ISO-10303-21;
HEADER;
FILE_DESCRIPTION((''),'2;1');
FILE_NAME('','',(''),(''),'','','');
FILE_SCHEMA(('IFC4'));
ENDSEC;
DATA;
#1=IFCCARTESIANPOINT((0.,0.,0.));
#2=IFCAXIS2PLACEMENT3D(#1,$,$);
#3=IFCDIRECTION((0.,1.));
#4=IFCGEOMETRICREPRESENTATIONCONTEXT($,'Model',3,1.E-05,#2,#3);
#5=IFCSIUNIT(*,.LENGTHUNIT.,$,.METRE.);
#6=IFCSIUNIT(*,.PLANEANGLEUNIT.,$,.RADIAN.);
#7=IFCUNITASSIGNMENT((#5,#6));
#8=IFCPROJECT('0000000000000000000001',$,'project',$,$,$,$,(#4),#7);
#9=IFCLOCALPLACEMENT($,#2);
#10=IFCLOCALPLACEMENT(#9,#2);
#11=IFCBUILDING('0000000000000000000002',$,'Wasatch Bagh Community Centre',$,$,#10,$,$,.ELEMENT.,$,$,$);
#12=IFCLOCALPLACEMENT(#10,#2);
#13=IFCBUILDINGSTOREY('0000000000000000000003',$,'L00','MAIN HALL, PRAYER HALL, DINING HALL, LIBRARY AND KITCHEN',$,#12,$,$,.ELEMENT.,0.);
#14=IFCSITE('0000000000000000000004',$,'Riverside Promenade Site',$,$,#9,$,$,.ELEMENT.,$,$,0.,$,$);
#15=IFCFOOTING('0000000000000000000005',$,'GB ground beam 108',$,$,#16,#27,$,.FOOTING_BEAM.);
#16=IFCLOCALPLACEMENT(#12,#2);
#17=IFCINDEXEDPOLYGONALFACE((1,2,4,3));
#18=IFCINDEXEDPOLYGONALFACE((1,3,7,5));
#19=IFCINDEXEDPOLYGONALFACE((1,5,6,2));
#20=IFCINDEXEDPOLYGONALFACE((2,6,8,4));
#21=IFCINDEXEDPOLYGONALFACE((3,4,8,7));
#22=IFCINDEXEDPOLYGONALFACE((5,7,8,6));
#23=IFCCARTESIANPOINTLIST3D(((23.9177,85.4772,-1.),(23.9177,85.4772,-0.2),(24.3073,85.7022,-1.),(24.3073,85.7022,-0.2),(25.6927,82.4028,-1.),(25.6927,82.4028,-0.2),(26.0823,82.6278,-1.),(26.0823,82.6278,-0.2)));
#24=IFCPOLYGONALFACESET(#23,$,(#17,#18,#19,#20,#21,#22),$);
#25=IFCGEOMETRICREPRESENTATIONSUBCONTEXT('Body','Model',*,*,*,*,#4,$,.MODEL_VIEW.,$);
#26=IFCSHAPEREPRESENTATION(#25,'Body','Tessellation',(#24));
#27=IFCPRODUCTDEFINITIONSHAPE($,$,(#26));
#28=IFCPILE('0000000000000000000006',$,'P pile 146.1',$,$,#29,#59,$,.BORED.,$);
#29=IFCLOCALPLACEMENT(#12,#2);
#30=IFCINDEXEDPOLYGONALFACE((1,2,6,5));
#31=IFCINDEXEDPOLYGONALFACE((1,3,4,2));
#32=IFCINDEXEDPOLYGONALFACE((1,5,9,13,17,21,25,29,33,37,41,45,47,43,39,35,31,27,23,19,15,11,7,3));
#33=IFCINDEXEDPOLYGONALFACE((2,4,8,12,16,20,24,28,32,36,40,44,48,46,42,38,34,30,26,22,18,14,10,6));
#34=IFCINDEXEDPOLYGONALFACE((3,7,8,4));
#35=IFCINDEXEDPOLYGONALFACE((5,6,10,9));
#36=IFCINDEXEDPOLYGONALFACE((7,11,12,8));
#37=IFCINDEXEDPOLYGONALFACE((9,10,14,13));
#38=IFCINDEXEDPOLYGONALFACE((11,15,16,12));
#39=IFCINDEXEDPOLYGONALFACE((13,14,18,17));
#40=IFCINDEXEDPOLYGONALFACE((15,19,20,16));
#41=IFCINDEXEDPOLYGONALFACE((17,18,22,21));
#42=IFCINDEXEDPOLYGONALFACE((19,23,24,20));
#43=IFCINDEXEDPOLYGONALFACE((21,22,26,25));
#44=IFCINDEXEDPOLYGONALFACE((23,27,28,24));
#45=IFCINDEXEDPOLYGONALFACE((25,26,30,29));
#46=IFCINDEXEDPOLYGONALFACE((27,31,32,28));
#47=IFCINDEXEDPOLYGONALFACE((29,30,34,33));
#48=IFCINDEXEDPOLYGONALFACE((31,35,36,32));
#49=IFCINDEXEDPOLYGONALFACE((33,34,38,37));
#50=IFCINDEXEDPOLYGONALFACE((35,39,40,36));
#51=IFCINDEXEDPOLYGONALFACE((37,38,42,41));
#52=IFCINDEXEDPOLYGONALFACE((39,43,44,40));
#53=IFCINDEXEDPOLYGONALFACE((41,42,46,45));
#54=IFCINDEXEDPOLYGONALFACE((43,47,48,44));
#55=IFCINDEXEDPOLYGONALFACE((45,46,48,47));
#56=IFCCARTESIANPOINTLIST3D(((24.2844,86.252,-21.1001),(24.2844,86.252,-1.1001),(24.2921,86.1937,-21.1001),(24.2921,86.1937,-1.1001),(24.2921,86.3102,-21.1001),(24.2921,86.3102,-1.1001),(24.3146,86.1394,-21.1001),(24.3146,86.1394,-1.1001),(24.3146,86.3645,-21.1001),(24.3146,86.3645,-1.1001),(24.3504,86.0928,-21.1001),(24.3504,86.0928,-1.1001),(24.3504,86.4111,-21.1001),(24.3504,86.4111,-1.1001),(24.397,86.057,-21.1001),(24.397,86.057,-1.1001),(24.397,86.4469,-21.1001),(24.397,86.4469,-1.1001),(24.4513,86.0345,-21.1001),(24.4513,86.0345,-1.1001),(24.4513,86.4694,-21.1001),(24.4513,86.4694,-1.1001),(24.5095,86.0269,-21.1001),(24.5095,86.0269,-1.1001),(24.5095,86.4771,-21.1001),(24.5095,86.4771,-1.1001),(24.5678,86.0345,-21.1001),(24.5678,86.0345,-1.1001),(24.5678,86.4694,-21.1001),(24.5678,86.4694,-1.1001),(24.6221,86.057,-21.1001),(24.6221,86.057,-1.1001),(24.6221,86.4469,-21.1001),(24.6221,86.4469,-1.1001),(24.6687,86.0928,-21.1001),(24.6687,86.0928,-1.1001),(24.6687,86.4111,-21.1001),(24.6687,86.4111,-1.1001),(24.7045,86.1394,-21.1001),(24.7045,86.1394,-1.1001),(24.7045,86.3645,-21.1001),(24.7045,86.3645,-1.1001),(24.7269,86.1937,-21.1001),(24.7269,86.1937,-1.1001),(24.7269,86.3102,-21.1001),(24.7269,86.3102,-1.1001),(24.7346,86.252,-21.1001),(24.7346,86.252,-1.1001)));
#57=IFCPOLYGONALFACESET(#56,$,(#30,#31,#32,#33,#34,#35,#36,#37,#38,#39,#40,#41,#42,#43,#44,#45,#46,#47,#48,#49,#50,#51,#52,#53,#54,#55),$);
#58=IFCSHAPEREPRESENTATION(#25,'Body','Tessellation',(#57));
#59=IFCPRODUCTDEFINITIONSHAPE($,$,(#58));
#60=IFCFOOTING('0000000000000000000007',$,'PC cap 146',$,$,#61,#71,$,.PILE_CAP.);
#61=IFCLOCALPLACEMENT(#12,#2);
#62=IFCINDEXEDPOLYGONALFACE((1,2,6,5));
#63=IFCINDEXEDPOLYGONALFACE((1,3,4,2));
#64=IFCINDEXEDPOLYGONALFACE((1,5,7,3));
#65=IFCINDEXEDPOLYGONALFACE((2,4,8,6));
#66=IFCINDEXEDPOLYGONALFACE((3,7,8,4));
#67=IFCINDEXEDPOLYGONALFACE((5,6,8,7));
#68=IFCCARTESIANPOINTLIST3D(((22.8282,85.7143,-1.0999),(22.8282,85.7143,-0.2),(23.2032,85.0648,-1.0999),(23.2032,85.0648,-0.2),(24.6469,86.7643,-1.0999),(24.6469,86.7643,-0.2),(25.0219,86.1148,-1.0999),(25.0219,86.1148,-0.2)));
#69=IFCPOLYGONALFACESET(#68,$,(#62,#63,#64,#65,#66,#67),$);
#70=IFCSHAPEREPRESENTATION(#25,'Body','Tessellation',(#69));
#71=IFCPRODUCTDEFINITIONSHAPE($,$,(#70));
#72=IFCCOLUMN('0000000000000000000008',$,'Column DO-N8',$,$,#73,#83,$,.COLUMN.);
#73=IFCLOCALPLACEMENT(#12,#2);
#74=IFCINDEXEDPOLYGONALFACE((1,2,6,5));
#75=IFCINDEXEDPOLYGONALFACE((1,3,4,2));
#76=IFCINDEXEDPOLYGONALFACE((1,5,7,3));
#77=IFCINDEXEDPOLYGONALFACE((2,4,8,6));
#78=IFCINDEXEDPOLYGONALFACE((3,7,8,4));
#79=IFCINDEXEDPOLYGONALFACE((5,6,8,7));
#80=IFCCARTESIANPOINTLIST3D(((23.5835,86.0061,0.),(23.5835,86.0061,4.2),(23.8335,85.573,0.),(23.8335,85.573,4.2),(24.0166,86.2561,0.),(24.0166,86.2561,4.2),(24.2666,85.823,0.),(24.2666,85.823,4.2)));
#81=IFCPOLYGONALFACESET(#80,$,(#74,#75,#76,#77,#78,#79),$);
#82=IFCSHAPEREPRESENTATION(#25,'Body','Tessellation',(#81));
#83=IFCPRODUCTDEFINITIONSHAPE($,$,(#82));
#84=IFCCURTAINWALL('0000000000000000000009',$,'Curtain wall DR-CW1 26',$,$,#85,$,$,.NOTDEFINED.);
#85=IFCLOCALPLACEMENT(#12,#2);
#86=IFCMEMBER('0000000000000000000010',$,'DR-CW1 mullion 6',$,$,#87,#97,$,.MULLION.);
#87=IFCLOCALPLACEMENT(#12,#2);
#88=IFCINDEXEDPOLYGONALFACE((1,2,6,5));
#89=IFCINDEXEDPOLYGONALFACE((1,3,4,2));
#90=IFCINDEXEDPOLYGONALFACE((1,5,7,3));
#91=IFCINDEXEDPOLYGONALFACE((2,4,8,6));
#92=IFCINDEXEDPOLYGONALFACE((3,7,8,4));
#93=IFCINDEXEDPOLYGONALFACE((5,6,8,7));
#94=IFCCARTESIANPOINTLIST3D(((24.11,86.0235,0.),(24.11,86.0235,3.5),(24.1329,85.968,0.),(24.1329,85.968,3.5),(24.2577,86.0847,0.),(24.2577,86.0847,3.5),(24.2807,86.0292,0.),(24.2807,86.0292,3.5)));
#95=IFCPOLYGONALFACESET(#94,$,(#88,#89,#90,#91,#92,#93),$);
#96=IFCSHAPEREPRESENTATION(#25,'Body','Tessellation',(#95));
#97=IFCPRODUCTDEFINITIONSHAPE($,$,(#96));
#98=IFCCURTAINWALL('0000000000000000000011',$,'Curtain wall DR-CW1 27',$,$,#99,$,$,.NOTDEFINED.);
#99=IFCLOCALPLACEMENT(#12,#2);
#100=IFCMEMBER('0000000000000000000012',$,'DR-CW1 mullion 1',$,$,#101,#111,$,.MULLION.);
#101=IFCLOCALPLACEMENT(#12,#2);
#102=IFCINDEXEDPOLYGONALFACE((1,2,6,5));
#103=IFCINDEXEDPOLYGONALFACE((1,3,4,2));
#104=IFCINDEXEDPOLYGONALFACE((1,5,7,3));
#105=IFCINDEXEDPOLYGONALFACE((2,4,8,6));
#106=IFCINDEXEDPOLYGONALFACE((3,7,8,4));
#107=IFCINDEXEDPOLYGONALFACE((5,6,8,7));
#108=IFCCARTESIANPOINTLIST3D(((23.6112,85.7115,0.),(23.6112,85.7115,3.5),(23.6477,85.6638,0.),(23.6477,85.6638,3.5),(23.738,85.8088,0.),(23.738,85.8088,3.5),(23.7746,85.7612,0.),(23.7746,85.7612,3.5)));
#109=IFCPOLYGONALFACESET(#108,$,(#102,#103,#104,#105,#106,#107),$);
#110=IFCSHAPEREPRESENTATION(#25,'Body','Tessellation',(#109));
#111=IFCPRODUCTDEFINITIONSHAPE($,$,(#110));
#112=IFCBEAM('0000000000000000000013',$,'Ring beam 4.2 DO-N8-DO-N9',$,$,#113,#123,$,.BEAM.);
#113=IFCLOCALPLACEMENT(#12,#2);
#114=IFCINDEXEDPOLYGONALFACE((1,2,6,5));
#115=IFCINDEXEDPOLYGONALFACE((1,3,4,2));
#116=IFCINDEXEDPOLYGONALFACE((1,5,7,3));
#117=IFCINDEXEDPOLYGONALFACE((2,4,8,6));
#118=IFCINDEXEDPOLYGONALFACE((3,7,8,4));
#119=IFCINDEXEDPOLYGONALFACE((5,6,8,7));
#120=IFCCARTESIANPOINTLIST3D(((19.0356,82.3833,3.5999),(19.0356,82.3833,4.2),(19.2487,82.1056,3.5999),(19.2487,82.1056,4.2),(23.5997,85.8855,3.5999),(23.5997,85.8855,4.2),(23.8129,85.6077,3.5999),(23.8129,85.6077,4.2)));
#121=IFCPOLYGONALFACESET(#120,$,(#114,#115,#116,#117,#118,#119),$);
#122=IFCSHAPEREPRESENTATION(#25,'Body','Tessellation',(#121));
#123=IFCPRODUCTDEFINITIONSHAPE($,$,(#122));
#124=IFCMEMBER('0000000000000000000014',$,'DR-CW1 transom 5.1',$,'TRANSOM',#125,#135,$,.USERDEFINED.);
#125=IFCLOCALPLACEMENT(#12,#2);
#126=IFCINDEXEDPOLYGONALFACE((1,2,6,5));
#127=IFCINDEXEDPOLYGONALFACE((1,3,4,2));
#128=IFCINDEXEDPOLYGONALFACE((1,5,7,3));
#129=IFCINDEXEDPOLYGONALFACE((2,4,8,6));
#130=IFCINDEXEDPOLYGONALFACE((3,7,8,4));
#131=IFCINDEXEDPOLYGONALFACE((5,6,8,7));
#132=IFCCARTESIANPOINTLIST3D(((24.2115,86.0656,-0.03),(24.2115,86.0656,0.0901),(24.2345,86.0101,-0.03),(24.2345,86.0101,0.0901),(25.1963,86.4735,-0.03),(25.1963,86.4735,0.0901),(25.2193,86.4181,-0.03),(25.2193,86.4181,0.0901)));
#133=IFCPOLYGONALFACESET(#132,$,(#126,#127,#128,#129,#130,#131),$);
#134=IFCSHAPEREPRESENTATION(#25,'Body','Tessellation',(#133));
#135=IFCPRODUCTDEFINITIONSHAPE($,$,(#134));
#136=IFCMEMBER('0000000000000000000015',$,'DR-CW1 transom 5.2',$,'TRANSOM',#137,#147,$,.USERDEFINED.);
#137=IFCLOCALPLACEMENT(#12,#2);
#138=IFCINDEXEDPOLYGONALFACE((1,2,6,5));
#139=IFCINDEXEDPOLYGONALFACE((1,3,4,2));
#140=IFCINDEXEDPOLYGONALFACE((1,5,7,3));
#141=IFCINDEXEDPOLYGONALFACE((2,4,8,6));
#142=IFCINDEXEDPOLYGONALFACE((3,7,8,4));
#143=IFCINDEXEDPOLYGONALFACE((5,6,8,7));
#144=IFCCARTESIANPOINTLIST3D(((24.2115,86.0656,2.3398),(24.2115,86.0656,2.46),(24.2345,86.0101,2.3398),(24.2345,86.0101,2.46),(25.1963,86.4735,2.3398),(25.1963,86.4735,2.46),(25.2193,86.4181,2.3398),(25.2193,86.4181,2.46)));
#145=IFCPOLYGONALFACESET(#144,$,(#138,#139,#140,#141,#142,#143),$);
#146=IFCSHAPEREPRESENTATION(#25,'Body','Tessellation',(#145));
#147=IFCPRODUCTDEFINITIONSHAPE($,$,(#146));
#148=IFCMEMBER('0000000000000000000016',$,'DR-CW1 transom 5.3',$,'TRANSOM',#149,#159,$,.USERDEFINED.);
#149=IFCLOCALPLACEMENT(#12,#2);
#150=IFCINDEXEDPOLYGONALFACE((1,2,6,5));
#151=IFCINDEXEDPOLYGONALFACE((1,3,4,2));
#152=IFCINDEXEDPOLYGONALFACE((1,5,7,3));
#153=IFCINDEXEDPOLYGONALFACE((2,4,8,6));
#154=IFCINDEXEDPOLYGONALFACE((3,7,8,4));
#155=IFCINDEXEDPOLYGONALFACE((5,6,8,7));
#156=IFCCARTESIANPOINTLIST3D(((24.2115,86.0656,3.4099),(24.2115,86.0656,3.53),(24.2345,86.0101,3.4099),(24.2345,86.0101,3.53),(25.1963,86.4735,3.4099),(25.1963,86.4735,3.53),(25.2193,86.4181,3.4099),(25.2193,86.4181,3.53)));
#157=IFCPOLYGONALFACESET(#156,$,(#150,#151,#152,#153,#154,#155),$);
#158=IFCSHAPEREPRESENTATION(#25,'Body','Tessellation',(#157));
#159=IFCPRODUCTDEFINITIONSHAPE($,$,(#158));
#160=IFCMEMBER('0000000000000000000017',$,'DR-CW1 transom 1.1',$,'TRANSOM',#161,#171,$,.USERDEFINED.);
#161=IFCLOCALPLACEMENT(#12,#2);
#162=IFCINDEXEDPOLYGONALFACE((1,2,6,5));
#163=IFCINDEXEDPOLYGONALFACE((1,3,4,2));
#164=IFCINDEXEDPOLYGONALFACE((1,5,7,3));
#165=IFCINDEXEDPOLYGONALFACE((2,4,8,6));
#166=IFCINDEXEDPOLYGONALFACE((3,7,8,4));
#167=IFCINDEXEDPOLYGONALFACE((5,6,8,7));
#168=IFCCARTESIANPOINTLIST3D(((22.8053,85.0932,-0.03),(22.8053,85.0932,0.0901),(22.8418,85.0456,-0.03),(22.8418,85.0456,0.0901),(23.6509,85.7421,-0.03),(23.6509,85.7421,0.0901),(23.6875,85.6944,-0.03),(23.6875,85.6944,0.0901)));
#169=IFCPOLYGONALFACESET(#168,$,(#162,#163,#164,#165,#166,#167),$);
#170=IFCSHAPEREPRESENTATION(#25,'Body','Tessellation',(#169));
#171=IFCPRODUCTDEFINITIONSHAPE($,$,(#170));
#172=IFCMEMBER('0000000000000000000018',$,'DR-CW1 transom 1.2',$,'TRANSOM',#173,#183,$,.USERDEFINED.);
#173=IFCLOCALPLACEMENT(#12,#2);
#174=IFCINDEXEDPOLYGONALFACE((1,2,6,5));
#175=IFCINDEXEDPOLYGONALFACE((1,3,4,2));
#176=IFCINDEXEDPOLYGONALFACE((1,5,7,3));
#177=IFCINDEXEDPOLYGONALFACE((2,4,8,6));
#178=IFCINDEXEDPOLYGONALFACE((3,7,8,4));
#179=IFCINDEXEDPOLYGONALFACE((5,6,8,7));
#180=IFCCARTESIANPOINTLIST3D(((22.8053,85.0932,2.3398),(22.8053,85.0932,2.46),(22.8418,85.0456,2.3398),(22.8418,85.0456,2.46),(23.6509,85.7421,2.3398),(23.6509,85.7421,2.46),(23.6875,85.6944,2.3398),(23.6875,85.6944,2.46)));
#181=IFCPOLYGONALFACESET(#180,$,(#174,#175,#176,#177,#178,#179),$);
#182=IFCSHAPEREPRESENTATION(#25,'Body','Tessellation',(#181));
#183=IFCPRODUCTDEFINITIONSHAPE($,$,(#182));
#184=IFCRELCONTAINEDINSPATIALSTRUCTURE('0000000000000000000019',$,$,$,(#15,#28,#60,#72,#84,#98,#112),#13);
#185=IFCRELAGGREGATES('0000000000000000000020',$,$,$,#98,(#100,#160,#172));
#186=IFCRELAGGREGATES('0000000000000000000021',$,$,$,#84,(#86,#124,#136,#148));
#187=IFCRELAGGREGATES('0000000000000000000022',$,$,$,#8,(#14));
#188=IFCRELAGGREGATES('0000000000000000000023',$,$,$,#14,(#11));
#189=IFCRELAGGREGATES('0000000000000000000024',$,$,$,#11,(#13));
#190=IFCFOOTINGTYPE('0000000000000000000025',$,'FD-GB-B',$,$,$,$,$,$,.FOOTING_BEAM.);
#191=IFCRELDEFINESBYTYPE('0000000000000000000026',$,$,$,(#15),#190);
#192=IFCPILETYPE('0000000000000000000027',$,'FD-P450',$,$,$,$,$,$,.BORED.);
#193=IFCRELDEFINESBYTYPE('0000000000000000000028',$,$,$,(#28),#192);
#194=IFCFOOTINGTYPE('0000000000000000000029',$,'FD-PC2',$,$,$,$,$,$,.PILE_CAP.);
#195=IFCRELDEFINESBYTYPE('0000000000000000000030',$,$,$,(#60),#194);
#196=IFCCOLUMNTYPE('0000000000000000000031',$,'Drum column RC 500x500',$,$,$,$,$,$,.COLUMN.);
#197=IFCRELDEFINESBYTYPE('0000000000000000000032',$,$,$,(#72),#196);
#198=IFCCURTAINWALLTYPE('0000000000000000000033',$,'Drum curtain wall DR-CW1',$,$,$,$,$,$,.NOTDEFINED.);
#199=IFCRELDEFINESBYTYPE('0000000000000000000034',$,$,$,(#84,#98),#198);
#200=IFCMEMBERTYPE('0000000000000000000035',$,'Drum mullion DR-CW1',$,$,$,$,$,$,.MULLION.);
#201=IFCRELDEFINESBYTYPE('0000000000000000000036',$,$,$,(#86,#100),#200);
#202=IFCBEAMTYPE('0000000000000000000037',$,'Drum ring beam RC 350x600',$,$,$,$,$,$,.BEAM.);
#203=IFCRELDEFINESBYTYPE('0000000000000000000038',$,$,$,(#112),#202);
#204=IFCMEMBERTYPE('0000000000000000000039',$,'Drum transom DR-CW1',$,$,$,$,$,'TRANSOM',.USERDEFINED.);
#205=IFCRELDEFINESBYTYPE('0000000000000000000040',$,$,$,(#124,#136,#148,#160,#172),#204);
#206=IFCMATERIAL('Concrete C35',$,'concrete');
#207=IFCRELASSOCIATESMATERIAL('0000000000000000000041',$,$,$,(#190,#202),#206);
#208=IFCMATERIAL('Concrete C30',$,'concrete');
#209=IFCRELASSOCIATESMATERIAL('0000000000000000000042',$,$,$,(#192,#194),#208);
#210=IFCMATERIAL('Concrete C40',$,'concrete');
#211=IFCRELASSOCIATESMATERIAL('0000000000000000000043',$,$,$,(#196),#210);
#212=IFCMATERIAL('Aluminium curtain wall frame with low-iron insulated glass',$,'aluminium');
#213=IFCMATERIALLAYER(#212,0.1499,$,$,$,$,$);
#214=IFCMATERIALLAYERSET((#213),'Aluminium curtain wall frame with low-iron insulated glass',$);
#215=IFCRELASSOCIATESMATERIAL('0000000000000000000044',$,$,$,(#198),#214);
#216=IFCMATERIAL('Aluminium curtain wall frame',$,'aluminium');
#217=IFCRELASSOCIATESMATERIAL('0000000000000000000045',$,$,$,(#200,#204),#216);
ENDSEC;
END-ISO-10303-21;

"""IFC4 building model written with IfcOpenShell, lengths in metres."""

from ifc_helpers import new_model, si_unit, direction, frame, origin, origin_2d, place, context, subcontext, project, spatial, rectangle, circle, extrude, material, layer, layer_set, material_profile, profile_set, type_object, element, aggregate, save


model = new_model("IFC4")

# Units and contexts
model_context = context("Model", 3, precision=1e-05, world=origin(), true_north=direction((0.0, 1.0)))
body_context = subcontext(model_context, "Body", "Model", "MODEL_VIEW")
ifc_project = project(units=[si_unit("LENGTHUNIT", "METRE"), si_unit("PLANEANGLEUNIT", "RADIAN")], contexts=[model_context])

# Site, building, storey
site_placement = place(None, origin())
site = spatial("IfcSite", under=ifc_project, at=site_placement, Name="Riverside Promenade Site", CompositionType="ELEMENT", RefElevation=0.0)
building_placement = place(site_placement, origin())
building = spatial("IfcBuilding", under=site, at=building_placement, Name="Wasatch Bagh Community Centre", CompositionType="ELEMENT")
storey_placement = place(building_placement, origin())
storey = spatial("IfcBuildingStorey", under=building, at=storey_placement, Name="L00", Description="MAIN HALL, PRAYER HALL, DINING HALL, LIBRARY AND KITCHEN", CompositionType="ELEMENT", Elevation=0.0)

# Footing
ifc_material_1 = material(Name="Concrete C35", Category="concrete")
footing_type_1 = type_object("IfcFootingType", Name="FD-GB-B", PredefinedType="FOOTING_BEAM", material=ifc_material_1)
footing_1_placement = place(storey_placement, frame((25.0, 84.0525, -1.0), z_axis=(0.0, 0.0, 1.0), x_axis=(-0.5, 0.866025, 0.0)))
element("IfcFooting", 1, at=footing_1_placement, inside=storey, type_object=footing_type_1, Name="GB ground beam 108", PredefinedType="FOOTING_BEAM", context=body_context, shape_type="SweptSolid", body=[
    extrude(rectangle(XDim=3.55, YDim=0.45, at=origin_2d()), origin(), (0.0, 0.0, 1.0), 0.8),
])

# Pile
ifc_material_2 = material(Name="Concrete C30", Category="concrete")
ifc_material_profile_1 = material_profile(ifc_material_2, circle(Radius=0.2251, at=origin_2d()), Name="RC D450")
ifc_profile_set_1 = profile_set([ifc_material_profile_1], Name="Concrete C30")
pile_type = type_object("IfcPileType", Name="FD-P450", PredefinedType="BORED", material=ifc_profile_set_1)
pile_placement = place(storey_placement, frame((24.5095, 86.252, -1.1001), z_axis=(0.0, 0.0, -1.0), x_axis=(1.0, 0.0, 0.0)))
element("IfcPile", 2, at=pile_placement, inside=storey, type_object=pile_type, Name="P pile 146.1", PredefinedType="BORED", context=body_context, shape_type="SweptSolid", body=[
    extrude(circle(Radius=0.2251, at=origin_2d()), origin(), (0.0, 0.0, 1.0), 20.0),
])

# Footing
footing_type_2 = type_object("IfcFootingType", Name="FD-PC2", PredefinedType="PILE_CAP", material=ifc_material_2)
footing_2_placement = place(storey_placement, frame((23.925, 85.9146, -1.0999), z_axis=(0.0, 0.0, 1.0), x_axis=(-0.866025, -0.5, 0.0)))
element("IfcFooting", 3, at=footing_2_placement, inside=storey, type_object=footing_type_2, Name="PC cap 146", PredefinedType="PILE_CAP", context=body_context, shape_type="SweptSolid", body=[
    extrude(rectangle(XDim=2.1001, YDim=0.75, at=origin_2d()), origin(), (0.0, 0.0, 1.0), 0.8999),
])

# Column
ifc_material_3 = material(Name="Concrete C40", Category="concrete")
ifc_material_profile_2 = material_profile(ifc_material_3, rectangle(XDim=0.5, YDim=0.5, at=origin_2d()), Name="RC 500x500")
ifc_profile_set_2 = profile_set([ifc_material_profile_2], Name="Concrete C40")
column_type = type_object("IfcColumnType", Name="Drum column RC 500x500", PredefinedType="COLUMN", material=ifc_profile_set_2)
column_placement = place(storey_placement, frame((23.925, 85.9146, 0.0), z_axis=(0.0, 0.0, 1.0), x_axis=(0.866025, 0.5, 0.0)))
element("IfcColumn", 4, at=column_placement, inside=storey, type_object=column_type, Name="Column DO-N8", PredefinedType="COLUMN", context=body_context, shape_type="SweptSolid", body=[
    extrude(rectangle(XDim=0.5, YDim=0.5, at=origin_2d()), origin(), (0.0, 0.0, 1.0), 4.2),
])

# Curtain walls, members
ifc_material_4 = material(Name="Aluminium curtain wall frame with low-iron insulated glass", Category="aluminium")
ifc_layer_1 = layer(ifc_material_4, 0.1499)
ifc_layer_set_1 = layer_set([ifc_layer_1], Name="Aluminium curtain wall frame with low-iron insulated glass")
curtain_wall_type = type_object("IfcCurtainWallType", Name="Drum curtain wall DR-CW1", PredefinedType="NOTDEFINED", material=ifc_layer_set_1)
curtain_wall_1_placement = place(storey_placement, origin())
curtain_wall_1 = element("IfcCurtainWall", 5, at=curtain_wall_1_placement, inside=storey, type_object=curtain_wall_type, Name="Curtain wall DR-CW1 26", PredefinedType="NOTDEFINED")
ifc_material_5 = material(Name="Aluminium curtain wall frame", Category="aluminium")
ifc_material_profile_3 = material_profile(ifc_material_5, rectangle(XDim=0.0601, YDim=0.1599, at=origin_2d()), Name="Drum mullion DR-CW1")
ifc_profile_set_3 = profile_set([ifc_material_profile_3], Name="Aluminium curtain wall frame")
member_type_1 = type_object("IfcMemberType", Name="Drum mullion DR-CW1", PredefinedType="MULLION", material=ifc_profile_set_3)
member_1_placement = place(storey_placement, frame((24.1953, 86.0264, 0.0), z_axis=(0.0, 0.0, 1.0), x_axis=(0.382683, -0.92388, 0.0)))
member_1 = element("IfcMember", 6, at=member_1_placement, type_object=member_type_1, Name="DR-CW1 mullion 6", PredefinedType="MULLION", context=body_context, shape_type="SweptSolid", body=[
    extrude(rectangle(XDim=0.0601, YDim=0.1599, at=origin_2d()), origin(), (0.0, 0.0, 1.0), 3.5),
])
curtain_wall_2_placement = place(storey_placement, origin())
curtain_wall_2 = element("IfcCurtainWall", 7, at=curtain_wall_2_placement, inside=storey, type_object=curtain_wall_type, Name="Curtain wall DR-CW1 27", PredefinedType="NOTDEFINED")
member_2_placement = place(storey_placement, frame((23.6929, 85.7363, 0.0), z_axis=(0.0, 0.0, 1.0), x_axis=(0.608761, -0.793353, 0.0)))
member_2 = element("IfcMember", 8, at=member_2_placement, type_object=member_type_1, Name="DR-CW1 mullion 1", PredefinedType="MULLION", context=body_context, shape_type="SweptSolid", body=[
    extrude(rectangle(XDim=0.0601, YDim=0.1599, at=origin_2d()), origin(), (0.0, 0.0, 1.0), 3.5),
])

# Beam
ifc_material_profile_4 = material_profile(ifc_material_1, rectangle(XDim=0.3501, YDim=0.6001, at=origin_2d()), Name="RC 350x600")
ifc_profile_set_4 = profile_set([ifc_material_profile_4], Name="Concrete C35")
beam_type = type_object("IfcBeamType", Name="Drum ring beam RC 350x600", PredefinedType="BEAM", material=ifc_profile_set_4)
beam_placement = place(storey_placement, frame((23.7063, 85.7466, 3.8999), z_axis=(-0.793357, -0.608757, 0.0), x_axis=(0.608757, -0.793357, 0.0)))
element("IfcBeam", 9, at=beam_placement, inside=storey, type_object=beam_type, Name="Ring beam 4.2 DO-N8-DO-N9", PredefinedType="BEAM", context=body_context, shape_type="SweptSolid", body=[
    extrude(rectangle(XDim=0.3501, YDim=0.6001, at=origin_2d()), origin(), (0.0, 0.0, 1.0), 5.7529),
])

# Members
ifc_material_profile_5 = material_profile(ifc_material_5, rectangle(XDim=0.0601, YDim=0.1201, at=origin_2d()), Name="Drum transom DR-CW1")
ifc_profile_set_5 = profile_set([ifc_material_profile_5], Name="Aluminium curtain wall frame")
member_type_2 = type_object("IfcMemberType", Name="Drum transom DR-CW1", ElementType="TRANSOM", PredefinedType="USERDEFINED", material=ifc_profile_set_5)
member_3_placement = place(storey_placement, frame((25.2078, 86.4458, 0.03), z_axis=(-0.923874, -0.382696, 0.0), x_axis=(0.382696, -0.923874, 0.0)))
member_3 = element("IfcMember", 10, at=member_3_placement, type_object=member_type_2, Name="DR-CW1 transom 5.1", ObjectType="TRANSOM", PredefinedType="USERDEFINED", context=body_context, shape_type="SweptSolid", body=[
    extrude(rectangle(XDim=0.0601, YDim=0.1201, at=origin_2d()), origin(), (0.0, 0.0, 1.0), 1.0659),
])
member_4_placement = place(storey_placement, frame((25.2078, 86.4458, 2.3999), z_axis=(-0.923874, -0.382696, 0.0), x_axis=(0.382696, -0.923874, 0.0)))
member_4 = element("IfcMember", 11, at=member_4_placement, type_object=member_type_2, Name="DR-CW1 transom 5.2", ObjectType="TRANSOM", PredefinedType="USERDEFINED", context=body_context, shape_type="SweptSolid", body=[
    extrude(rectangle(XDim=0.0601, YDim=0.1201, at=origin_2d()), origin(), (0.0, 0.0, 1.0), 1.0659),
])
member_5_placement = place(storey_placement, frame((25.2078, 86.4458, 3.47), z_axis=(-0.923874, -0.382696, 0.0), x_axis=(0.382696, -0.923874, 0.0)))
member_5 = element("IfcMember", 12, at=member_5_placement, type_object=member_type_2, Name="DR-CW1 transom 5.3", ObjectType="TRANSOM", PredefinedType="USERDEFINED", context=body_context, shape_type="SweptSolid", body=[
    extrude(rectangle(XDim=0.0601, YDim=0.1201, at=origin_2d()), origin(), (0.0, 0.0, 1.0), 1.0659),
])
member_6_placement = place(storey_placement, frame((23.6692, 85.7183, 0.03), z_axis=(-0.793356, -0.608758, 0.0), x_axis=(0.608758, -0.793356, 0.0)))
member_6 = element("IfcMember", 13, at=member_6_placement, type_object=member_type_2, Name="DR-CW1 transom 1.1", ObjectType="TRANSOM", PredefinedType="USERDEFINED", context=body_context, shape_type="SweptSolid", body=[
    extrude(rectangle(XDim=0.0601, YDim=0.1201, at=origin_2d()), origin(), (0.0, 0.0, 1.0), 1.0659),
])
member_7_placement = place(storey_placement, frame((23.6692, 85.7183, 2.3999), z_axis=(-0.793356, -0.608758, 0.0), x_axis=(0.608758, -0.793356, 0.0)))
member_7 = element("IfcMember", 14, at=member_7_placement, type_object=member_type_2, Name="DR-CW1 transom 1.2", ObjectType="TRANSOM", PredefinedType="USERDEFINED", context=body_context, shape_type="SweptSolid", body=[
    extrude(rectangle(XDim=0.0601, YDim=0.1201, at=origin_2d()), origin(), (0.0, 0.0, 1.0), 1.0659),
])
aggregate(curtain_wall_2, [member_2, member_6, member_7])

aggregate(curtain_wall_1, [member_1, member_3, member_4, member_5])

save(model, "model.ifc")
